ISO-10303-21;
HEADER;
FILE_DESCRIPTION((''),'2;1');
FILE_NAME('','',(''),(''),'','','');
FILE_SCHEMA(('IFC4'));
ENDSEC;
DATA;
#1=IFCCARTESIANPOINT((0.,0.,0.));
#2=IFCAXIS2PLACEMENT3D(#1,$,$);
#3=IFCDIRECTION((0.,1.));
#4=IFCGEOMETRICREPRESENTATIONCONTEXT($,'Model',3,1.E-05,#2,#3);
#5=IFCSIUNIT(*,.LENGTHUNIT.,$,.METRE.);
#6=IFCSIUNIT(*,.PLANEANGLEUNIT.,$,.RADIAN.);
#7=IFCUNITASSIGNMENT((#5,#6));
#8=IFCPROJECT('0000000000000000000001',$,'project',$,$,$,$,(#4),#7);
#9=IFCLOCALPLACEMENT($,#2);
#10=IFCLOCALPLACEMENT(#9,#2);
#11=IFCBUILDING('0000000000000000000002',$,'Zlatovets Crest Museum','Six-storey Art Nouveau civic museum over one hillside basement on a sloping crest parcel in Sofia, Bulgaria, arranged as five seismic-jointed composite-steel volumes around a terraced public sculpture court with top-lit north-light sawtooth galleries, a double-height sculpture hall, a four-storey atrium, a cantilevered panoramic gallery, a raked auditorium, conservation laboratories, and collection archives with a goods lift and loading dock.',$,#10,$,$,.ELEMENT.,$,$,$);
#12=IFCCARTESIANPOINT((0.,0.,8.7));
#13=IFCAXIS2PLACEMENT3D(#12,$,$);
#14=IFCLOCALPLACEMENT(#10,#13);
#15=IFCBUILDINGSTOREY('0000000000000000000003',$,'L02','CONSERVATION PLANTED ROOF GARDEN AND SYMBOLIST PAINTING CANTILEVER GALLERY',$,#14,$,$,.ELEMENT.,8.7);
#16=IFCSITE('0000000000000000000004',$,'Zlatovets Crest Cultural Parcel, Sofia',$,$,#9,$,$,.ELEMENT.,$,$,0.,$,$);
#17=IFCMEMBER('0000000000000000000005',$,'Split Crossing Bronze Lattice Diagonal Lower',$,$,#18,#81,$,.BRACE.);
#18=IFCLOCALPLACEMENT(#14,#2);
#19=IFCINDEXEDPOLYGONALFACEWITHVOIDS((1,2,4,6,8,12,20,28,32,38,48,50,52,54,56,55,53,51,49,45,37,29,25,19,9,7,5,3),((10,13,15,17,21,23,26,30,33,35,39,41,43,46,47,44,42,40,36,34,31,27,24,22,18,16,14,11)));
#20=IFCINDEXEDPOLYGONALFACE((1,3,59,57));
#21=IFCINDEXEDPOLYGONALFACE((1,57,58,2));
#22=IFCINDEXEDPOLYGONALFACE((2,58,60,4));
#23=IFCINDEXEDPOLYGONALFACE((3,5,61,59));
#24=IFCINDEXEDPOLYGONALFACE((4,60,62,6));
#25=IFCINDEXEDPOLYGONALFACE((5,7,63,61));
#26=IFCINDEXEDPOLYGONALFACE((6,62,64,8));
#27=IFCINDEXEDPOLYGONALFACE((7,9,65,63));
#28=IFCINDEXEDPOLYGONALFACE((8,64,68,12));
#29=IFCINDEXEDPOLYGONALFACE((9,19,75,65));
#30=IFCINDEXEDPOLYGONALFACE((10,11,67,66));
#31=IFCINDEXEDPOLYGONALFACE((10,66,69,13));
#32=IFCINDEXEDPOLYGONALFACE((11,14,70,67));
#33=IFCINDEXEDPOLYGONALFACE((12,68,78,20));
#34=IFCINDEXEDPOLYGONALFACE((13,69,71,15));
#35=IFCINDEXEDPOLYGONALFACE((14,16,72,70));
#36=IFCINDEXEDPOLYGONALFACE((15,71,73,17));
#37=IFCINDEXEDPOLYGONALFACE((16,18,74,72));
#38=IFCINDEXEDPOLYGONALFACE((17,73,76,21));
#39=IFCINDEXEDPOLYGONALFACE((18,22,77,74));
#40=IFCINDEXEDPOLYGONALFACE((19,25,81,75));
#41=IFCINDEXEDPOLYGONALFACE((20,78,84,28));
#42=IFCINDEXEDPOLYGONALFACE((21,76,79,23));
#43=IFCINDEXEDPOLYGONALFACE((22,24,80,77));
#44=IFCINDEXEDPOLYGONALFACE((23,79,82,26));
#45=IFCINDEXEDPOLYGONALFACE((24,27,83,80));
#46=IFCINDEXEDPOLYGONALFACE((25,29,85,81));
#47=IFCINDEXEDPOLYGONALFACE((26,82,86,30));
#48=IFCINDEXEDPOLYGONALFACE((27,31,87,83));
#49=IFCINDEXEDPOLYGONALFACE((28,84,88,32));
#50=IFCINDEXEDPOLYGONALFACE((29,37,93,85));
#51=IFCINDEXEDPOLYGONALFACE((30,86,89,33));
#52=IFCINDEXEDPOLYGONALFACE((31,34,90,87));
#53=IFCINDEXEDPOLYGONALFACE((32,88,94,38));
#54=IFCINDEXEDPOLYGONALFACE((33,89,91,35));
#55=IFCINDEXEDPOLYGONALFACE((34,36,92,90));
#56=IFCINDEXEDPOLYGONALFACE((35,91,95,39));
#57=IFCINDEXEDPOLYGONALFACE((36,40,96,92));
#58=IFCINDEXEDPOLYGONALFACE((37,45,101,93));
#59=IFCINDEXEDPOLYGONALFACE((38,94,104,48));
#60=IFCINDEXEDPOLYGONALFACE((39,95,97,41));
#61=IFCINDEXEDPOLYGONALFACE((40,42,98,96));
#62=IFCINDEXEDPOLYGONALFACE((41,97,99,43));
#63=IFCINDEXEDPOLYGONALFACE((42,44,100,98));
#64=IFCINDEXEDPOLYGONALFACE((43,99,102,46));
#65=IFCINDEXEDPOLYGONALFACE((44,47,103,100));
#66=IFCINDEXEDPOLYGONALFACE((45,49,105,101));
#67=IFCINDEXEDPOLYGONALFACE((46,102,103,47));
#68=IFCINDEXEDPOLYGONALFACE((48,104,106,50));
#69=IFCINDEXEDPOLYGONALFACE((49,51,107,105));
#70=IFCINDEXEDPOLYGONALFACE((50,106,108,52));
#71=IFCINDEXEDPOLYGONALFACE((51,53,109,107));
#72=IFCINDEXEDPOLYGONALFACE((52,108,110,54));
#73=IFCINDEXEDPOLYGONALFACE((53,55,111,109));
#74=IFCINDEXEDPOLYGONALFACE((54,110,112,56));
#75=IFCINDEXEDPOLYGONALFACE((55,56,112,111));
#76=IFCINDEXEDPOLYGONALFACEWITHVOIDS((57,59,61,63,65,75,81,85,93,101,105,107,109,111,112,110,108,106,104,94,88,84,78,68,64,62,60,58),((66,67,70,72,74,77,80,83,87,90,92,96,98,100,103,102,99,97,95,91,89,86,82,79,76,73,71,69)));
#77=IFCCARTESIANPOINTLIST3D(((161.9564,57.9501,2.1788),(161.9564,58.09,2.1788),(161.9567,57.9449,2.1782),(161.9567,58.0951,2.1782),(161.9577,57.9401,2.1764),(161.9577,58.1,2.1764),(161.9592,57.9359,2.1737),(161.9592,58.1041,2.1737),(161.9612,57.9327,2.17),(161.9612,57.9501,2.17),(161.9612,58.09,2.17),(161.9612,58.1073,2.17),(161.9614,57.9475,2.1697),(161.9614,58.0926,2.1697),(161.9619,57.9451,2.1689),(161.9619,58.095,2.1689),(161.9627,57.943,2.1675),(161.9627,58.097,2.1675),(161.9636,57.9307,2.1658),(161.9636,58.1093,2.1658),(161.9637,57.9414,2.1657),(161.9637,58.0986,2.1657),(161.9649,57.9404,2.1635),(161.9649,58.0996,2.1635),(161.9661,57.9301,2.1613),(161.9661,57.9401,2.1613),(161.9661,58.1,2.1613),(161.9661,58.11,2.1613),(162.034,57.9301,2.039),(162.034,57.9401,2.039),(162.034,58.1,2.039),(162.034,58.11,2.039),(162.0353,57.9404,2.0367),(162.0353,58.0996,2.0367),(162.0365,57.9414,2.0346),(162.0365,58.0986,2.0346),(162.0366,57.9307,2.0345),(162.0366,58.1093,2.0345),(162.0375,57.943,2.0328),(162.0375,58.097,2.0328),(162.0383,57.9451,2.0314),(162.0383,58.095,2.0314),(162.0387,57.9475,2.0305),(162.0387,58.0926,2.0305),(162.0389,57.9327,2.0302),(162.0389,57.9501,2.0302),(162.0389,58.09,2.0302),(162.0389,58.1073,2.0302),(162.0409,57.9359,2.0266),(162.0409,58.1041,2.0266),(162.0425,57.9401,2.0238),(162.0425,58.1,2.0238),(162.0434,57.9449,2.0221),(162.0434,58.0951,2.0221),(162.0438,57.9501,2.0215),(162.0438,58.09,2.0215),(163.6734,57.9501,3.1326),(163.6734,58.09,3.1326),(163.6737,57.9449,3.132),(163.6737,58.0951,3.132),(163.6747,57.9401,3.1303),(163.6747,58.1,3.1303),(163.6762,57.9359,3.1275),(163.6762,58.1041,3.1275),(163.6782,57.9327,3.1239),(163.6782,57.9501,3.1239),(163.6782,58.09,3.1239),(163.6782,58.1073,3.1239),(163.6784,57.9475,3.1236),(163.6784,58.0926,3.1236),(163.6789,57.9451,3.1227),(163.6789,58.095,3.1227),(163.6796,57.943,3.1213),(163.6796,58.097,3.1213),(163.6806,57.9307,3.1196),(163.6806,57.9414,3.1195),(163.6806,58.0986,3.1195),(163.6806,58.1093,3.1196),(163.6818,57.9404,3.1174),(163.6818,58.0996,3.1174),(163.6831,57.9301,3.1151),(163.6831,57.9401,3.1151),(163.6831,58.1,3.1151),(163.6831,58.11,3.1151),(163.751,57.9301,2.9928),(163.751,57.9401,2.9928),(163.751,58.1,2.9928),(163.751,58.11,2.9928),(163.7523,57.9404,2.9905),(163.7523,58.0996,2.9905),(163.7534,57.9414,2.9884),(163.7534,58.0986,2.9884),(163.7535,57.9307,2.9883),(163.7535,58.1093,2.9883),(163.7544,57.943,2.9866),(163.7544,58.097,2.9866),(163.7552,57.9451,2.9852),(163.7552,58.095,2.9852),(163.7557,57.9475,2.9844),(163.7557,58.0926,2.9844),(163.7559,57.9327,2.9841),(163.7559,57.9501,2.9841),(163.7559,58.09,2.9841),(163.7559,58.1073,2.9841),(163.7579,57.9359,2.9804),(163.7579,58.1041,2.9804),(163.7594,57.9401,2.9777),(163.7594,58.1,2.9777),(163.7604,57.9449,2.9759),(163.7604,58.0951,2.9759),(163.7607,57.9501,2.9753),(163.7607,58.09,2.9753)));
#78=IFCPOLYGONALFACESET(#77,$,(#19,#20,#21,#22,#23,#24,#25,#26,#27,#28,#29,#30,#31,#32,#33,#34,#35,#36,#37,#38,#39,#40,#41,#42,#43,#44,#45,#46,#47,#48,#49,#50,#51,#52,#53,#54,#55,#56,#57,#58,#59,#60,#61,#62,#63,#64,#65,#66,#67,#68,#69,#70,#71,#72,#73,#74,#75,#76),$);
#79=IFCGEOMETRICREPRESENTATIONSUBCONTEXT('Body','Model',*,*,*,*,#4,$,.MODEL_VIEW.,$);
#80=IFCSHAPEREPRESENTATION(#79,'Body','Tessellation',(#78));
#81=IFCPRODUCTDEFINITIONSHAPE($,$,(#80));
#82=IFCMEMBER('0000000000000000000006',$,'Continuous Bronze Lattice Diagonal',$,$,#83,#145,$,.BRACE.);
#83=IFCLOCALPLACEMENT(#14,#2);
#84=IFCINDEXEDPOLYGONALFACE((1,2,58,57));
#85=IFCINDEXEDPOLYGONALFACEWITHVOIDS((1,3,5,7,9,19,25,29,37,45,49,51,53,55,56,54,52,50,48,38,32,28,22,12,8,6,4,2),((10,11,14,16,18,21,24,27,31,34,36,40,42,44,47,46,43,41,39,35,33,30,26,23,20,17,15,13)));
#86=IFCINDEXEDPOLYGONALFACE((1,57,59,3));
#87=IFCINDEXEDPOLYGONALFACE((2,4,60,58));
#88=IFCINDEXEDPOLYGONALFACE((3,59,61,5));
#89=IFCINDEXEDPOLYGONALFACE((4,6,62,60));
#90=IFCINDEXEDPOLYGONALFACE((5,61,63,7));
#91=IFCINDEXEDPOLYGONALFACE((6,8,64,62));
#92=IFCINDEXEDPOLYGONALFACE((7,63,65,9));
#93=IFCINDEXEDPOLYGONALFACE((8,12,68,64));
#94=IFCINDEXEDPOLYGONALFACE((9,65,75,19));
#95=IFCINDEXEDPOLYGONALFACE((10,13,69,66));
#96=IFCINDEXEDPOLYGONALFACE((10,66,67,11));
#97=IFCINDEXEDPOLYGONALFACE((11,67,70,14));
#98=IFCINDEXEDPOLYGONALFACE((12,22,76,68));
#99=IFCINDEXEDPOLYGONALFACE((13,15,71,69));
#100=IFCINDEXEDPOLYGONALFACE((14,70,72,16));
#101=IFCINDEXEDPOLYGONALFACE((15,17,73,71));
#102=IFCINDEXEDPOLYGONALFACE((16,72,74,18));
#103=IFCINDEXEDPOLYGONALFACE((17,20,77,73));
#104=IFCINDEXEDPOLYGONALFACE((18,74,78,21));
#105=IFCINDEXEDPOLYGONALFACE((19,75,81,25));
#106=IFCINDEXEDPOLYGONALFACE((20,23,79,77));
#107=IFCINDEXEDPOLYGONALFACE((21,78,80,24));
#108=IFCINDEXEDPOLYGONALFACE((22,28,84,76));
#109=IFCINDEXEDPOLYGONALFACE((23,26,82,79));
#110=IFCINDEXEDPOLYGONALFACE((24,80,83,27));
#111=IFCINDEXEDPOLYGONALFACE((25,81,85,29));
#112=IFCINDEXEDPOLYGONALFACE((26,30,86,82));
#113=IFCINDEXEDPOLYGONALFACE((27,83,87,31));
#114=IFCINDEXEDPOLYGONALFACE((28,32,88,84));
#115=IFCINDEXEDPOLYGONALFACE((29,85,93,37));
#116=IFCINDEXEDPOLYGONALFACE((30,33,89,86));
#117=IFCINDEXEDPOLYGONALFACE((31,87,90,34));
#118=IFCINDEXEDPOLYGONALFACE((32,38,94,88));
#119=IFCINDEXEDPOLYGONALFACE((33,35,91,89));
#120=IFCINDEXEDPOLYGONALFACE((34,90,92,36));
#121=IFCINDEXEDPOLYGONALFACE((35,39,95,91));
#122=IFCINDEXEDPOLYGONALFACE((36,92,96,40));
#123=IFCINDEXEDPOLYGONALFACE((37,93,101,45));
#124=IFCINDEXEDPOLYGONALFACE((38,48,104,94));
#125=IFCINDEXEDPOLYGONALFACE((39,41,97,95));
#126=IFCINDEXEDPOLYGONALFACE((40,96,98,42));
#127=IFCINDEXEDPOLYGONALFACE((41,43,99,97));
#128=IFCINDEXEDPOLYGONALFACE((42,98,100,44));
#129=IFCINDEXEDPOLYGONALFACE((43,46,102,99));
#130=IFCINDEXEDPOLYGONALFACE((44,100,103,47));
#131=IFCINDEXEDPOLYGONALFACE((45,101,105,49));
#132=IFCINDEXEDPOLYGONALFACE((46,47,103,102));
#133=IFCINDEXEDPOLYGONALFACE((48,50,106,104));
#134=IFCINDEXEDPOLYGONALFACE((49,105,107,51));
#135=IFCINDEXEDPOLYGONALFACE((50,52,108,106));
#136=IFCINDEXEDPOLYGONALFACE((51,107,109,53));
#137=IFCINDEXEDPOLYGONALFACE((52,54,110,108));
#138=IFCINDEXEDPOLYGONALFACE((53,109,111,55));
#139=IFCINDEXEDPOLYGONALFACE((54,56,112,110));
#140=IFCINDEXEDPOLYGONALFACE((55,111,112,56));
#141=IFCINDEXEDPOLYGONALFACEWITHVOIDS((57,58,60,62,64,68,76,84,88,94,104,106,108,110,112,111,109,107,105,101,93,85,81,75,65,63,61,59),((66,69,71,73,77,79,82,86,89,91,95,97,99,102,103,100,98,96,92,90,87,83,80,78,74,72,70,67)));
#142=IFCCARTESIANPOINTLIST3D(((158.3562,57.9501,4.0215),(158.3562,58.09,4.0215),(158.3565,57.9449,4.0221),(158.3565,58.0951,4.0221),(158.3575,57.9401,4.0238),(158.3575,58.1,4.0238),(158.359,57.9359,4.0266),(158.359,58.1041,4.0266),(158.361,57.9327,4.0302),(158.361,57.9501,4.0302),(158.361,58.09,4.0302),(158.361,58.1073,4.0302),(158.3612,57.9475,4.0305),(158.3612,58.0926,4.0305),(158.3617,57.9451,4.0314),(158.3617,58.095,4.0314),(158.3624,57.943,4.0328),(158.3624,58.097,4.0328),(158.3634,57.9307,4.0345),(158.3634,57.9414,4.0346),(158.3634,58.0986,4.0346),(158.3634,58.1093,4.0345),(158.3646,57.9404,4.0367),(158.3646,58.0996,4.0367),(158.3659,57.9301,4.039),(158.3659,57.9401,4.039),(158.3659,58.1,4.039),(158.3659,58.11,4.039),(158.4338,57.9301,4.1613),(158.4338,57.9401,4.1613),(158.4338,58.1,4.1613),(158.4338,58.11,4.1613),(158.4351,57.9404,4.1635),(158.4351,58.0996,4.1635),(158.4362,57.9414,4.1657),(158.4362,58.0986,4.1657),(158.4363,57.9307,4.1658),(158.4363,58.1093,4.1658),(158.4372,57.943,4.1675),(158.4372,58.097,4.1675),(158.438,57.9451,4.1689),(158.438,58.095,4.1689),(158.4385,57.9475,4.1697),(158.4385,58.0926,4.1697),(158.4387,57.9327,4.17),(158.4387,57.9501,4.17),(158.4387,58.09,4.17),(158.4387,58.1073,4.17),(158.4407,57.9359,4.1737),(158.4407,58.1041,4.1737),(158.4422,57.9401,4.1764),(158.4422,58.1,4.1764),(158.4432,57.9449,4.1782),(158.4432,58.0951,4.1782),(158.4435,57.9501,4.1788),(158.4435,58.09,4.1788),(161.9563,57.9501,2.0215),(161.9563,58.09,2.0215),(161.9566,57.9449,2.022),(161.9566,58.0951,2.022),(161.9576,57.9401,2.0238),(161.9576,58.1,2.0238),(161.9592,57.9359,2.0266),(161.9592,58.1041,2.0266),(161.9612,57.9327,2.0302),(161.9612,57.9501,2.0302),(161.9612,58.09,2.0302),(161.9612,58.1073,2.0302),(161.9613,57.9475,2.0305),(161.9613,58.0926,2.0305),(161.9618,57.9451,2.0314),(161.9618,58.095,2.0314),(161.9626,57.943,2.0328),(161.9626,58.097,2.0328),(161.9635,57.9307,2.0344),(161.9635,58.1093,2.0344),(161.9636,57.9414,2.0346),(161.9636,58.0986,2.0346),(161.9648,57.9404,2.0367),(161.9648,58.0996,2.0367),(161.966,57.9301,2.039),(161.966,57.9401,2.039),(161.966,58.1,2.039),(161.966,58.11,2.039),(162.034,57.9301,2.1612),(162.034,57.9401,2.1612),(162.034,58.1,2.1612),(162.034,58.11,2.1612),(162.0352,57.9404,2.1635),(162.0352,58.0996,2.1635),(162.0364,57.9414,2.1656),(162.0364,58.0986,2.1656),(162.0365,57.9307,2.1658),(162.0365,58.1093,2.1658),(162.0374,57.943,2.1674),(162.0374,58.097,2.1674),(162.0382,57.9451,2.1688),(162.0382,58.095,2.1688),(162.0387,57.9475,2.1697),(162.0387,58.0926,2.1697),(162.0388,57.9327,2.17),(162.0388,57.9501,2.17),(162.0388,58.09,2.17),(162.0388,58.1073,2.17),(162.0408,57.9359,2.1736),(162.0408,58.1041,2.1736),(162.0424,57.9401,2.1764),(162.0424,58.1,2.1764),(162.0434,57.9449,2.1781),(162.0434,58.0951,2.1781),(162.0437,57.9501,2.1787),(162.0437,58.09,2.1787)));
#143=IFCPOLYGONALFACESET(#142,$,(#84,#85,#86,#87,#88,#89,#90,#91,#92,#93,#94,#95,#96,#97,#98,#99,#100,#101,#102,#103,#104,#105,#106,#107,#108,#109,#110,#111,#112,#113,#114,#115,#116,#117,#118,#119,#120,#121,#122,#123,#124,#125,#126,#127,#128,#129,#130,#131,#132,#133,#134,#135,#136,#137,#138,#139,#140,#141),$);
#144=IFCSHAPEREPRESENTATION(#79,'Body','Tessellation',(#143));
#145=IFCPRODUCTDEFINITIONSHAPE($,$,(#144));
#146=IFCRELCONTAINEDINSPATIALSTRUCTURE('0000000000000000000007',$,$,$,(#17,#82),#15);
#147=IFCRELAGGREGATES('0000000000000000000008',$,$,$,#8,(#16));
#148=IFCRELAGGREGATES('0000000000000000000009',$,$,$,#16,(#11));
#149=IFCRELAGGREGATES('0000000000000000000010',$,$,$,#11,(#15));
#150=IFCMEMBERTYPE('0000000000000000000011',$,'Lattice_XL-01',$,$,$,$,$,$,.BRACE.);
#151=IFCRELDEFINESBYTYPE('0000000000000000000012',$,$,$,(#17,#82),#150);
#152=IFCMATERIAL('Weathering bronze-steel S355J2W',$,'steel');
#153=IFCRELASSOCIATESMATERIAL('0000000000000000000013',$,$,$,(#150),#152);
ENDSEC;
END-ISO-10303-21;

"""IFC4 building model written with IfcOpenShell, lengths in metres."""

from ifc_helpers import new_model, si_unit, direction, frame, origin, origin_2d, place, context, subcontext, project, spatial, hollow_rectangle, extrude, material, material_profile, profile_set, type_object, element, save


model = new_model("IFC4")

# Units and contexts
model_context = context("Model", 3, precision=1e-05, world=origin(), true_north=direction((0.0, 1.0)))
body_context = subcontext(model_context, "Body", "Model", "MODEL_VIEW")
ifc_project = project(units=[si_unit("LENGTHUNIT", "METRE"), si_unit("PLANEANGLEUNIT", "RADIAN")], contexts=[model_context])

# Site, building, storey
site_placement = place(None, origin())
site = spatial("IfcSite", under=ifc_project, at=site_placement, Name="Zlatovets Crest Cultural Parcel, Sofia", CompositionType="ELEMENT", RefElevation=0.0)
building_placement = place(site_placement, origin())
building = spatial("IfcBuilding", under=site, at=building_placement, Name="Zlatovets Crest Museum", Description="Six-storey Art Nouveau civic museum over one hillside basement on a sloping crest parcel in Sofia, Bulgaria, arranged as five seismic-jointed composite-steel volumes around a terraced public sculpture court with top-lit north-light sawtooth galleries, a double-height sculpture hall, a four-storey atrium, a cantilevered panoramic gallery, a raked auditorium, conservation laboratories, and collection archives with a goods lift and loading dock.", CompositionType="ELEMENT")
storey_placement = place(building_placement, frame((0.0, 0.0, 8.7)))
storey = spatial("IfcBuildingStorey", under=building, at=storey_placement, Name="L02", Description="CONSERVATION PLANTED ROOF GARDEN AND SYMBOLIST PAINTING CANTILEVER GALLERY", CompositionType="ELEMENT", Elevation=8.7)

# Members
ifc_material_1 = material(Name="Weathering bronze-steel S355J2W", Category="steel")
ifc_material_profile_1 = material_profile(ifc_material_1, hollow_rectangle(XDim=0.1799, YDim=0.1799, WallThickness=0.01, InnerFilletRadius=0.01, OuterFilletRadius=0.02, at=origin_2d()), Name="SHS 180x180x10.0")
ifc_profile_set_1 = profile_set([ifc_material_profile_1], Name="Weathering bronze-steel S355J2W")
member_type_1 = type_object("IfcMemberType", Name="Lattice_XL-01", PredefinedType="BRACE", material=ifc_profile_set_1)
for number, where, z_axis, x_axis, name in (
    (1, (163.717, 58.02, 3.054), (-0.874169, 0.0, -0.485622), (0.0, -1.0, 0.0), "Split Crossing Bronze Lattice Diagonal Lower"),
):
    element("IfcMember", number, at=place(storey_placement, frame(where, z_axis=z_axis, x_axis=x_axis)), inside=storey, type_object=member_type_1, Name=name, PredefinedType="BRACE", context=body_context, shape_type="SweptSolid", body=[
        extrude(hollow_rectangle(XDim=0.1799, YDim=0.1799, WallThickness=0.01, InnerFilletRadius=0.01, OuterFilletRadius=0.02, at=origin_2d()), origin(), (0.0, 0.0, 1.0), 1.9641),
    ])
member_1_placement = place(storey_placement, frame((162.0, 58.02, 2.1001), z_axis=(-0.874163, 0.0, 0.485633), x_axis=(0.0, -1.0, 0.0)))
element("IfcMember", 2, at=member_1_placement, inside=storey, type_object=member_type_1, Name="Continuous Bronze Lattice Diagonal", PredefinedType="BRACE", context=body_context, shape_type="SweptSolid", body=[
    extrude(hollow_rectangle(XDim=0.1799, YDim=0.1799, WallThickness=0.01, InnerFilletRadius=0.01, OuterFilletRadius=0.02, at=origin_2d()), origin(), (0.0, 0.0, 1.0), 4.1184),
])

save(model, "model.ifc")
